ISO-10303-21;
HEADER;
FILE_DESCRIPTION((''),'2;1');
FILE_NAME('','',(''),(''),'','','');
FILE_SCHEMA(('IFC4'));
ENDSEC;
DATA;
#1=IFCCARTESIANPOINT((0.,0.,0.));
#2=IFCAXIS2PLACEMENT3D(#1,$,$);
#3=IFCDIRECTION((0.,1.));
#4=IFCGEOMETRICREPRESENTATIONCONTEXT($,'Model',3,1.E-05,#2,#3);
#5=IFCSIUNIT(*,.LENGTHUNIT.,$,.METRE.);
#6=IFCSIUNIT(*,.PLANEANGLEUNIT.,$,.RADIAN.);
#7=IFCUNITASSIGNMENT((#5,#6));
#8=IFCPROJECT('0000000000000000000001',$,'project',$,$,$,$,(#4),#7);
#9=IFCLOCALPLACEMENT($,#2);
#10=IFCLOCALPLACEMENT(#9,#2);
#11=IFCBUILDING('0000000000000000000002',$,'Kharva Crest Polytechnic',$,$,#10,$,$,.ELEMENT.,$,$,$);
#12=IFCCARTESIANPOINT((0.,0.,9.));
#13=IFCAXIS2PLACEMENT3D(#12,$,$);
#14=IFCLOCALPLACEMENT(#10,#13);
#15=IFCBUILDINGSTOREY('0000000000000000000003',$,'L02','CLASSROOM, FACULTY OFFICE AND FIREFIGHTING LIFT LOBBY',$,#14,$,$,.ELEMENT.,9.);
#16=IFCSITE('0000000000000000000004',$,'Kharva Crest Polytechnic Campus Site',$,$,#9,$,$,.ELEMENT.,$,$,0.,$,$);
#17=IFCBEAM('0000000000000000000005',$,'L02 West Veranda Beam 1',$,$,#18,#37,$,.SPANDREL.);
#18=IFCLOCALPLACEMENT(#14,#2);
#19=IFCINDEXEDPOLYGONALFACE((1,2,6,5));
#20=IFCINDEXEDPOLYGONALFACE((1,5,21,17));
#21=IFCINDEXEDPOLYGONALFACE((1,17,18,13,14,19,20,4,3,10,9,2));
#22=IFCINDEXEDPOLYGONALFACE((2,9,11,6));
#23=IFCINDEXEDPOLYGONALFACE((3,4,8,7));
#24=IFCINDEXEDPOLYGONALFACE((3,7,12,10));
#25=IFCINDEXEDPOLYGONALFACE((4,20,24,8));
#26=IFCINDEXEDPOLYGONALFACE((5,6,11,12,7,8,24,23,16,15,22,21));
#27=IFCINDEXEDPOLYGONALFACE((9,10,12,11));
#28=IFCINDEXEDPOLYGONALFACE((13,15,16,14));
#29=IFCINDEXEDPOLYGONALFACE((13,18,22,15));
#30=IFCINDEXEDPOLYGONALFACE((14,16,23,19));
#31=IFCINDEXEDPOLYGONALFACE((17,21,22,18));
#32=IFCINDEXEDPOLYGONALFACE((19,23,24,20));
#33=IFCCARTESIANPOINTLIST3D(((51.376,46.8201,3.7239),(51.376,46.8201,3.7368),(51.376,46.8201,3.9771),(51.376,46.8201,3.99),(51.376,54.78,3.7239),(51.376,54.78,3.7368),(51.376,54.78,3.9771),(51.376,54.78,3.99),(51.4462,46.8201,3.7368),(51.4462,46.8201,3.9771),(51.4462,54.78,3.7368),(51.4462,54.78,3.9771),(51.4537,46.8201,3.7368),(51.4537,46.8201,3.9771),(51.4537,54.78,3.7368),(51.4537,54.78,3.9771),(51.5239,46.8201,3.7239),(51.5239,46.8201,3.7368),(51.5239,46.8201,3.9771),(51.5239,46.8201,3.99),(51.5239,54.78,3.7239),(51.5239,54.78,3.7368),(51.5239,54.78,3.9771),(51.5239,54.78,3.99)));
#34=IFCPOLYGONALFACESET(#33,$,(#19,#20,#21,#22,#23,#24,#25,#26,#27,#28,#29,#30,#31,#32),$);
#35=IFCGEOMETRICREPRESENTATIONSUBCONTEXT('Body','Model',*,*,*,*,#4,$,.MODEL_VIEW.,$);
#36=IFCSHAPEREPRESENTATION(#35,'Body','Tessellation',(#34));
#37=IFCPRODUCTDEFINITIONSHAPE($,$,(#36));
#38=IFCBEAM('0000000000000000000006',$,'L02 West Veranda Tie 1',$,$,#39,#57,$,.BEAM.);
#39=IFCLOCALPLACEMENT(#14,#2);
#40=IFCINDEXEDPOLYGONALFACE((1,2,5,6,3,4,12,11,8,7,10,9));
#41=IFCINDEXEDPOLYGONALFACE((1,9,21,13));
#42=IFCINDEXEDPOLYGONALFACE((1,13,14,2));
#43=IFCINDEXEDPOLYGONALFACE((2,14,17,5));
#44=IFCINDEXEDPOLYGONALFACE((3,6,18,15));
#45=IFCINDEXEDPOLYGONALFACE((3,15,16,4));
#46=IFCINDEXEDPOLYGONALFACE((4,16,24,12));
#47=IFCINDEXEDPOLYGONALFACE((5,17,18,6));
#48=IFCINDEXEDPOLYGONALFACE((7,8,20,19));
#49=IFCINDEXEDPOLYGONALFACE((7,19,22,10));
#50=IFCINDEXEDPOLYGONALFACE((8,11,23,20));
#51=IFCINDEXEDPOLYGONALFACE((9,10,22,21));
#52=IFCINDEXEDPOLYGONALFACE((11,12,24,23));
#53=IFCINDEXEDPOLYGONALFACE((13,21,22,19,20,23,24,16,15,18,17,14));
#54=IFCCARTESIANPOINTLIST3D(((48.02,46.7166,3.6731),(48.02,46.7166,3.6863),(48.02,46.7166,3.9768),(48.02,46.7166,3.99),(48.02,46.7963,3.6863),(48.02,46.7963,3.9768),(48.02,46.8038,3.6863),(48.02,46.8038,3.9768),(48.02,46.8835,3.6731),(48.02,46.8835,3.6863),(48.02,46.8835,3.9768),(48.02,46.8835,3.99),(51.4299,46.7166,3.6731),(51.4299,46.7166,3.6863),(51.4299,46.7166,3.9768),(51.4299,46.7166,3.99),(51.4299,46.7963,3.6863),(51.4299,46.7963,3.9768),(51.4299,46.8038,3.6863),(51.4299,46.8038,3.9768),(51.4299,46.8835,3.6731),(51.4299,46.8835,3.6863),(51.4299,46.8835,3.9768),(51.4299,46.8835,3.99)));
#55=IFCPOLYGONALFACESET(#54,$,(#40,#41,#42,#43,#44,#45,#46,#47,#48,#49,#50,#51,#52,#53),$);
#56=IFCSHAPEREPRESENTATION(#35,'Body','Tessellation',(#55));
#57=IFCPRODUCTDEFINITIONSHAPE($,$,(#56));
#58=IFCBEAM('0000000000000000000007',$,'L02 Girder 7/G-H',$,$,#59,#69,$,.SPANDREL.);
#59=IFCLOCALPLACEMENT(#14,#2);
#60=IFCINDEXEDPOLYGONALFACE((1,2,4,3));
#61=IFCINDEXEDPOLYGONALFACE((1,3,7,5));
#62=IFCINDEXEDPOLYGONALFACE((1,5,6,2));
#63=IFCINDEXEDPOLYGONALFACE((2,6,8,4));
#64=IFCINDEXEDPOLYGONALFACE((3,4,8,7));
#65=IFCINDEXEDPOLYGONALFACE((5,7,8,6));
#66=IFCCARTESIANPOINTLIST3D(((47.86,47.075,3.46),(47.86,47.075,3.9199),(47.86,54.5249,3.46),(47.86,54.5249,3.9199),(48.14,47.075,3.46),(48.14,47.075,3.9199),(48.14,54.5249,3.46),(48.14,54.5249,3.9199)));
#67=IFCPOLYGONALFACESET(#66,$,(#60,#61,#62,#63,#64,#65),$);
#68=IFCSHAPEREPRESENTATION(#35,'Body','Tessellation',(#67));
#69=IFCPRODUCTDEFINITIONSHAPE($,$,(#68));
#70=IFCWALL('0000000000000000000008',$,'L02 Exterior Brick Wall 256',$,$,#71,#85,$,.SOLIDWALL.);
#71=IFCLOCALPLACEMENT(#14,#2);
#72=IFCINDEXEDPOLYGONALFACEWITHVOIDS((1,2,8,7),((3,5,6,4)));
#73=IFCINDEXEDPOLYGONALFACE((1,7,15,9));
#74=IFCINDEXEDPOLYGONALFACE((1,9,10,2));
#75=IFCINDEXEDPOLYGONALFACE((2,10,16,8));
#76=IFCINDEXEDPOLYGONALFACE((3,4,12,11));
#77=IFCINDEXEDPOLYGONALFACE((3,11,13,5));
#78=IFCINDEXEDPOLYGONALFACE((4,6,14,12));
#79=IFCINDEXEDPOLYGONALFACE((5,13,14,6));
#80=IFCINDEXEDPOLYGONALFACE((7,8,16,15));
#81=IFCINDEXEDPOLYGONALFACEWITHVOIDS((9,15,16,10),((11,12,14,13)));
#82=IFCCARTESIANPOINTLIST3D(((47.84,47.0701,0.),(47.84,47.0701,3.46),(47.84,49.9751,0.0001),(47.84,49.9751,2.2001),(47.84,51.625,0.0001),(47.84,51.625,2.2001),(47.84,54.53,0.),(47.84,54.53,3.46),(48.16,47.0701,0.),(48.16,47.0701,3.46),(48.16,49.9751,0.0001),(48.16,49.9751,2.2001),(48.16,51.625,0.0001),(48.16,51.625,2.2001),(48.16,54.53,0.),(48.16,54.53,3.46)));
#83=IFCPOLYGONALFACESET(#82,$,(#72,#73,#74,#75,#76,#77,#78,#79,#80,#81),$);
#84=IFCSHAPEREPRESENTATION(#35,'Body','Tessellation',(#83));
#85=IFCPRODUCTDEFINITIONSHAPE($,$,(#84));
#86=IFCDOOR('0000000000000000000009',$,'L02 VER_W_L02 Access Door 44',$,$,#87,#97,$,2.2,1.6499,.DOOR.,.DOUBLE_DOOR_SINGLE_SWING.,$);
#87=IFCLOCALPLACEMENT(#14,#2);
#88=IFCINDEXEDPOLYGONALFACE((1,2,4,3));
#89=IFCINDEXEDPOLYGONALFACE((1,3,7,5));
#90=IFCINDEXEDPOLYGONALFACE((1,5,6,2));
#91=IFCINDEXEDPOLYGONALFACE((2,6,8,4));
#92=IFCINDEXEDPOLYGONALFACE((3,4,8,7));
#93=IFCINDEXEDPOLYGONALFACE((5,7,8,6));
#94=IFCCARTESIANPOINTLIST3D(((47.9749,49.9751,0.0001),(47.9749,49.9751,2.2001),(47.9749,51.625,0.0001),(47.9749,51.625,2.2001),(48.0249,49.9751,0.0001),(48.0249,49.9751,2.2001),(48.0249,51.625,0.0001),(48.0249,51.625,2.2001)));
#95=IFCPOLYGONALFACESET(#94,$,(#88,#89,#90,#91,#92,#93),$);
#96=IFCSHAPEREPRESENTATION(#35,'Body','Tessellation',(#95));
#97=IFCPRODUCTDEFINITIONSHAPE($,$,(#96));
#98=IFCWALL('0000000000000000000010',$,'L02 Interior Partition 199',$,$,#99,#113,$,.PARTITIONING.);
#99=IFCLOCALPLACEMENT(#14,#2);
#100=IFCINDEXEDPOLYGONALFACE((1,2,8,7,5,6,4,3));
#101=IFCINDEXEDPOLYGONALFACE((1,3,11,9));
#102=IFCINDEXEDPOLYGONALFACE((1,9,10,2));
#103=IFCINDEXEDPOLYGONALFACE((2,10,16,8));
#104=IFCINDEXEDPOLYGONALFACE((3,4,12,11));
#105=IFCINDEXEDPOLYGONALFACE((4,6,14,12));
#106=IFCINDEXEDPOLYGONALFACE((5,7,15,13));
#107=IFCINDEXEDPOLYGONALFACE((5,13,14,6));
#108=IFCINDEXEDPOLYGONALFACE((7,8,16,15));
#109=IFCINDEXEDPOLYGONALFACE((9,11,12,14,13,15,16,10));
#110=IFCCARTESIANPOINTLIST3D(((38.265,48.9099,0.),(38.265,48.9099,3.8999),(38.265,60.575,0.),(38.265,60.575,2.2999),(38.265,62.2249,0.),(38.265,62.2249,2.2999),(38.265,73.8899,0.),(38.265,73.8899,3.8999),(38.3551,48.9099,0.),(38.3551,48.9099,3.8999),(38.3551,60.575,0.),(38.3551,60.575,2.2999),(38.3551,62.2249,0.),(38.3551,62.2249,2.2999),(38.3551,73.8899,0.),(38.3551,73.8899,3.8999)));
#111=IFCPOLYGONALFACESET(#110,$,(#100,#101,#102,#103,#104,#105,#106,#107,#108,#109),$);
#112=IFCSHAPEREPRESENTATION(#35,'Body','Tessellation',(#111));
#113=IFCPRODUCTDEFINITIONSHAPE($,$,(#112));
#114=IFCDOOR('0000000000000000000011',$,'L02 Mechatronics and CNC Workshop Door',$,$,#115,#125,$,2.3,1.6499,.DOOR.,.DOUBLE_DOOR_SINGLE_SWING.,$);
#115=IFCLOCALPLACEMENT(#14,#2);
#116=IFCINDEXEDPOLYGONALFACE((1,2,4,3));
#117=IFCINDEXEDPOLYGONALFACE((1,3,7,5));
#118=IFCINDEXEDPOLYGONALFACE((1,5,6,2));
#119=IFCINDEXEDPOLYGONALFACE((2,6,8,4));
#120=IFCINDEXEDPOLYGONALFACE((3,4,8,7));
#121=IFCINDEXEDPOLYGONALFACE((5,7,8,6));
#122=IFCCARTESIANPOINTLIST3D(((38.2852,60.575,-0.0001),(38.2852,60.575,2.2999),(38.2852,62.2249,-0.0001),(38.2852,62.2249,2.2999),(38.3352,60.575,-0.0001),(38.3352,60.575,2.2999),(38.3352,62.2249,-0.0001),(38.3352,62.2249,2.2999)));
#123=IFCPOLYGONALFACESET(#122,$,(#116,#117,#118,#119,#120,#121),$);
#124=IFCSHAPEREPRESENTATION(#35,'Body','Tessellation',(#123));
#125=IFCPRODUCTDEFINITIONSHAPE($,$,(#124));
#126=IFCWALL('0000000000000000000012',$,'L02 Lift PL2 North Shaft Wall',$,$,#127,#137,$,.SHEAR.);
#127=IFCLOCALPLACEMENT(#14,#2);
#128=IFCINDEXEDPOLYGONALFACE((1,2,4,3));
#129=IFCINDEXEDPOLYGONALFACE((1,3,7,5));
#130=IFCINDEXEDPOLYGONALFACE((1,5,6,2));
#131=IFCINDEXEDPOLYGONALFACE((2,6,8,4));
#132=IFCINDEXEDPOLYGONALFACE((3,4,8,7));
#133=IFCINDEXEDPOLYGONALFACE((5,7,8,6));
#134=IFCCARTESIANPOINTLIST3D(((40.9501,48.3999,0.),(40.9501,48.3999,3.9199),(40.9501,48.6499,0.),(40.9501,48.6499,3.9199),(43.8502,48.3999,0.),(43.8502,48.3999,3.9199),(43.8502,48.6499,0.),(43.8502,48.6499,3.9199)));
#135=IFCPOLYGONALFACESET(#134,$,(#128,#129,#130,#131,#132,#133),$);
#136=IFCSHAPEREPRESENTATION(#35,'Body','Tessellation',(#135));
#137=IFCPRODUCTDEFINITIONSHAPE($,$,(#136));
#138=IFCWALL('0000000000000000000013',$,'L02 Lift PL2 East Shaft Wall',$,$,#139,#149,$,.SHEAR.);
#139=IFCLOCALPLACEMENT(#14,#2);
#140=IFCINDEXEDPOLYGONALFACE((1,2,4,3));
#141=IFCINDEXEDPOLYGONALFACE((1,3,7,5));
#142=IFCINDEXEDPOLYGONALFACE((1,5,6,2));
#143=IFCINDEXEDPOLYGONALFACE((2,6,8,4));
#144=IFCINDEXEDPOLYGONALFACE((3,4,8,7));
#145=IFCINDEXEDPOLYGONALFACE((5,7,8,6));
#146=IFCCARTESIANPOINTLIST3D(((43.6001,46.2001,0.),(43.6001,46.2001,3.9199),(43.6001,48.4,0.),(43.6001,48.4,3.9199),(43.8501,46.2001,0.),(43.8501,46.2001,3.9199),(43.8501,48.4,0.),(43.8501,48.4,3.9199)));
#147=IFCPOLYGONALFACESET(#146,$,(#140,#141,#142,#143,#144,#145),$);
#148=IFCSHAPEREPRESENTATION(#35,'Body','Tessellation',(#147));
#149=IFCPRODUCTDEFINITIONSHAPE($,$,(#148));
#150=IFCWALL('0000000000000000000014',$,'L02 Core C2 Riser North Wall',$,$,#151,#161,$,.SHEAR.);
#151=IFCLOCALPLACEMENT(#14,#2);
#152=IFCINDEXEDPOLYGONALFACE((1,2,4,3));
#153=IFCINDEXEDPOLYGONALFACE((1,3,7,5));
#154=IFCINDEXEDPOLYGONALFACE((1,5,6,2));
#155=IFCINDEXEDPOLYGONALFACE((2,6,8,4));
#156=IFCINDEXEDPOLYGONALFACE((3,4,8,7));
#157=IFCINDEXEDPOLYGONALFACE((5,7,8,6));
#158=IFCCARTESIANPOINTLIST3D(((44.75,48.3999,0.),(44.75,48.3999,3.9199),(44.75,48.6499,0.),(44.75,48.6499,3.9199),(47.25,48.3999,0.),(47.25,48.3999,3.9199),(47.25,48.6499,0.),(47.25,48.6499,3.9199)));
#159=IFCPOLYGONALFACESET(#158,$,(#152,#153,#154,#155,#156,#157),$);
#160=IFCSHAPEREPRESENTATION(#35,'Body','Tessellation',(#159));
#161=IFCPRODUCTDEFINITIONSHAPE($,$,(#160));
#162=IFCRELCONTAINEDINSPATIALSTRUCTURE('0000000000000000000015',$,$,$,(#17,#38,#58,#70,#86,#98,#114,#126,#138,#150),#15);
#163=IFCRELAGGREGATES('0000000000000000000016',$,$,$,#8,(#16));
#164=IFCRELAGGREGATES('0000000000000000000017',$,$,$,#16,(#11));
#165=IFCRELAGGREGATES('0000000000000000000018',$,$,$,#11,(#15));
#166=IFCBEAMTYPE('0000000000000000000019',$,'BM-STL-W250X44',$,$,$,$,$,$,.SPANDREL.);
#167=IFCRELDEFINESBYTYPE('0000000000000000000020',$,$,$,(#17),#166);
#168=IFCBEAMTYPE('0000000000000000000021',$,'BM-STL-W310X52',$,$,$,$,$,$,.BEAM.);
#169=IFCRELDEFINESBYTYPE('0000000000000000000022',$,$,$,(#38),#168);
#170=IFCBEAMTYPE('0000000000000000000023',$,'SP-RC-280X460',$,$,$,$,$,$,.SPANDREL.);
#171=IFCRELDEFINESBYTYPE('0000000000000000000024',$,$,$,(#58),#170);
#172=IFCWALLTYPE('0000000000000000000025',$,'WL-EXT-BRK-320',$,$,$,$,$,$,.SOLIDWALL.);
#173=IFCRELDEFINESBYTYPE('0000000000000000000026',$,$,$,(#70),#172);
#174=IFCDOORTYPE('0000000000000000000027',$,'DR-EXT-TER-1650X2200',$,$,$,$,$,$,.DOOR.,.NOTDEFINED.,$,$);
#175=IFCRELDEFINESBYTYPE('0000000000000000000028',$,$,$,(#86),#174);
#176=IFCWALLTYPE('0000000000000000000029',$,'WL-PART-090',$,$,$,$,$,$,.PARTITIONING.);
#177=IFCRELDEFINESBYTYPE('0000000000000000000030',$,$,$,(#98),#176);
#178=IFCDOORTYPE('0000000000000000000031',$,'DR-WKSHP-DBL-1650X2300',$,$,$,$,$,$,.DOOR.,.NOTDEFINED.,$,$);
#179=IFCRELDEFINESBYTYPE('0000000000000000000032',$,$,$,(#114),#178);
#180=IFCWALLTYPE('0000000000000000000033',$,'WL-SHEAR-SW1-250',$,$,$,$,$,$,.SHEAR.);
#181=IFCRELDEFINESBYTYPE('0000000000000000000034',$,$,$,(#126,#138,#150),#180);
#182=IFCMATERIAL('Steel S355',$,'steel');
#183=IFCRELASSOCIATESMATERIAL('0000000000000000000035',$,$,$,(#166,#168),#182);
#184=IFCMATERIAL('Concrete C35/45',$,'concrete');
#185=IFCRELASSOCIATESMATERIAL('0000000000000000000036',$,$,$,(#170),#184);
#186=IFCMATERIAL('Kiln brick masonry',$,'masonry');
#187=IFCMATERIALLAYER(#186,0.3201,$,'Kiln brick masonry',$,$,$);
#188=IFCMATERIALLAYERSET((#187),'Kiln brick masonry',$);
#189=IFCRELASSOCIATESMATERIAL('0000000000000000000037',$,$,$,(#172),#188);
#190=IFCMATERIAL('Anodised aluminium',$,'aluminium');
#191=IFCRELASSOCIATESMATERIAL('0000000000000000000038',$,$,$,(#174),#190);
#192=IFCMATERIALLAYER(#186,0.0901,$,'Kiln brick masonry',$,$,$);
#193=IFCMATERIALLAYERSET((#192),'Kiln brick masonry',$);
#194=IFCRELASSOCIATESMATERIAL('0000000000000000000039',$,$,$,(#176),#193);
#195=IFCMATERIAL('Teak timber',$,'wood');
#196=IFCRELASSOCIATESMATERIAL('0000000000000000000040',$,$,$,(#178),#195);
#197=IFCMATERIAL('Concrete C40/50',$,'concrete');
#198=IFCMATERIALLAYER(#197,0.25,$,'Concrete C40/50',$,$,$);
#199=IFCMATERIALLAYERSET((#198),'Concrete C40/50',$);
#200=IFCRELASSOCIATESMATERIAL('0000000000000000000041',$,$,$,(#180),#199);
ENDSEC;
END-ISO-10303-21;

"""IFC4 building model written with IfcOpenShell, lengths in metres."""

from ifc_helpers import new_model, si_unit, direction, frame, frame_2d, origin, origin_2d, place, context, subcontext, project, spatial, rectangle, i_section, extrude, material, layer, layer_set, material_profile, profile_set, type_object, element, fill, save


model = new_model("IFC4")

# Units and contexts
model_context = context("Model", 3, precision=1e-05, world=origin(), true_north=direction((0.0, 1.0)))
body_context = subcontext(model_context, "Body", "Model", "MODEL_VIEW")
ifc_project = project(units=[si_unit("LENGTHUNIT", "METRE"), si_unit("PLANEANGLEUNIT", "RADIAN")], contexts=[model_context])

# Site, building, storey
site_placement = place(None, origin())
site = spatial("IfcSite", under=ifc_project, at=site_placement, Name="Kharva Crest Polytechnic Campus Site", CompositionType="ELEMENT", RefElevation=0.0)
building_placement = place(site_placement, origin())
building = spatial("IfcBuilding", under=site, at=building_placement, Name="Kharva Crest Polytechnic", CompositionType="ELEMENT")
storey_placement = place(building_placement, frame((0.0, 0.0, 9.0)))
storey = spatial("IfcBuildingStorey", under=building, at=storey_placement, Name="L02", Description="CLASSROOM, FACULTY OFFICE AND FIREFIGHTING LIFT LOBBY", CompositionType="ELEMENT", Elevation=9.0)

# Shared definitions
ifc_material_1 = material(Name="Concrete C40/50", Category="concrete")
ifc_material_2 = material(Name="Steel S355", Category="steel")

# Beams
ifc_material_3 = material(Name="Concrete C35/45", Category="concrete")
ifc_material_profile_1 = material_profile(ifc_material_2, i_section(OverallWidth=0.1479, OverallDepth=0.2661, WebThickness=0.0076, FlangeThickness=0.0129, at=origin_2d()), Name="W250X44.8")
ifc_profile_set_1 = profile_set([ifc_material_profile_1], Name="Steel S355")
beam_type_1 = type_object("IfcBeamType", Name="BM-STL-W250X44", PredefinedType="SPANDREL", material=ifc_profile_set_1)
beam_1_placement = place(storey_placement, frame((51.45, 46.8201, 3.8569), z_axis=(0.0, 1.0, 0.0), x_axis=(-1.0, 0.0, 0.0)))
element("IfcBeam", 1, at=beam_1_placement, inside=storey, type_object=beam_type_1, Name="L02 West Veranda Beam 1", PredefinedType="SPANDREL", context=body_context, shape_type="SweptSolid", body=[
    extrude(i_section(OverallWidth=0.1479, OverallDepth=0.2661, WebThickness=0.0076, FlangeThickness=0.0129, at=origin_2d()), origin(), (0.0, 0.0, 1.0), 7.96),
])
ifc_material_profile_2 = material_profile(ifc_material_2, i_section(OverallWidth=0.167, OverallDepth=0.3169, WebThickness=0.0076, FlangeThickness=0.0132, at=origin_2d()), Name="W310X52")
ifc_profile_set_2 = profile_set([ifc_material_profile_2], Name="Steel S355")
beam_type_2 = type_object("IfcBeamType", Name="BM-STL-W310X52", PredefinedType="BEAM", material=ifc_profile_set_2)
beam_2_placement = place(storey_placement, frame((48.02, 46.8, 3.8315), z_axis=(1.0, 0.0, 0.0), x_axis=(0.0, 1.0, 0.0)))
element("IfcBeam", 2, at=beam_2_placement, inside=storey, type_object=beam_type_2, Name="L02 West Veranda Tie 1", PredefinedType="BEAM", context=body_context, shape_type="SweptSolid", body=[
    extrude(i_section(OverallWidth=0.167, OverallDepth=0.3169, WebThickness=0.0076, FlangeThickness=0.0132, at=origin_2d()), origin(), (0.0, 0.0, 1.0), 3.4099),
])
ifc_material_profile_3 = material_profile(ifc_material_3, rectangle(XDim=0.28, YDim=0.46, at=origin_2d()), Name="RECT 280 X 460")
ifc_profile_set_3 = profile_set([ifc_material_profile_3], Name="Concrete C35/45")
beam_type_3 = type_object("IfcBeamType", Name="SP-RC-280X460", PredefinedType="SPANDREL", material=ifc_profile_set_3)
beam_3_placement = place(storey_placement, frame((48.0, 47.075, 3.6899), z_axis=(0.0, 1.0, 0.0), x_axis=(-1.0, 0.0, 0.0)))
element("IfcBeam", 3, at=beam_3_placement, inside=storey, type_object=beam_type_3, Name="L02 Girder 7/G-H", PredefinedType="SPANDREL", context=body_context, shape_type="SweptSolid", body=[
    extrude(rectangle(XDim=0.28, YDim=0.46, at=origin_2d()), origin(), (0.0, 0.0, 1.0), 7.45),
])

# Walls, openings, doors
ifc_material_4 = material(Name="Kiln brick masonry", Category="masonry")
ifc_layer_1 = layer(ifc_material_4, 0.3201, Name="Kiln brick masonry")
ifc_layer_set_1 = layer_set([ifc_layer_1], Name="Kiln brick masonry")
wall_type_1 = type_object("IfcWallType", Name="WL-EXT-BRK-320", PredefinedType="SOLIDWALL", material=ifc_layer_set_1)
wall_1_placement = place(storey_placement, frame((48.0, 47.0701, 0.0), z_axis=(0.0, 0.0, 1.0), x_axis=(0.0, 1.0, 0.0)))
wall_1 = element("IfcWall", 4, at=wall_1_placement, inside=storey, type_object=wall_type_1, Name="L02 Exterior Brick Wall 256", PredefinedType="SOLIDWALL", context=body_context, shape_type="SweptSolid", body=[
    extrude(rectangle(XDim=7.46, YDim=0.3201, at=frame_2d((3.73, 0.0))), origin(), (0.0, 0.0, 1.0), 3.46),
])
opening_1_placement = place(wall_1_placement, frame((2.905, 0.0, 0.0)))
opening_1 = element("IfcOpeningElement", 5, at=opening_1_placement, cuts=wall_1, PredefinedType="OPENING", context=body_context, shape_type="SweptSolid", body=[
    extrude(rectangle(XDim=1.6499, YDim=2.2, at=frame_2d((0.825, 1.1001))), frame((0.0, 0.1699, 0.0), z_axis=(0.0, -1.0, 0.0), x_axis=(1.0, 0.0, 0.0)), (0.0, 0.0, 1.0), 0.3401),
])
ifc_material_5 = material(Name="Anodised aluminium", Category="aluminium")
door_type_1 = type_object("IfcDoorType", Name="DR-EXT-TER-1650X2200", OperationType="NOTDEFINED", PredefinedType="DOOR", material=ifc_material_5)
door_1_placement = place(opening_1_placement, frame((1.6499, 0.0, 0.0), z_axis=(0.0, 0.0, 1.0), x_axis=(-1.0, 0.0, 0.0)))
door_1 = element("IfcDoor", 6, at=door_1_placement, inside=storey, type_object=door_type_1, Name="L02 VER_W_L02 Access Door 44", OperationType="DOUBLE_DOOR_SINGLE_SWING", OverallHeight=2.2, OverallWidth=1.6499, PredefinedType="DOOR", context=body_context, shape_type="SweptSolid", body=[
    extrude(rectangle(XDim=1.6499, YDim=2.2, at=frame_2d((0.825, 1.1001))), frame((0.0, 0.0249, 0.0), z_axis=(0.0, -1.0, 0.0), x_axis=(1.0, 0.0, 0.0)), (0.0, 0.0, 1.0), 0.05),
])
fill(opening_1, door_1)
ifc_layer_2 = layer(ifc_material_4, 0.0901, Name="Kiln brick masonry")
ifc_layer_set_2 = layer_set([ifc_layer_2], Name="Kiln brick masonry")
wall_type_2 = type_object("IfcWallType", Name="WL-PART-090", PredefinedType="PARTITIONING", material=ifc_layer_set_2)
wall_2_placement = place(storey_placement, frame((38.3101, 48.9099, 0.0), z_axis=(0.0, 0.0, 1.0), x_axis=(0.0, 1.0, 0.0)))
wall_2 = element("IfcWall", 7, at=wall_2_placement, inside=storey, type_object=wall_type_2, Name="L02 Interior Partition 199", PredefinedType="PARTITIONING", context=body_context, shape_type="SweptSolid", body=[
    extrude(rectangle(XDim=24.98, YDim=0.0901, at=frame_2d((12.49, 0.0))), origin(), (0.0, 0.0, 1.0), 3.8999),
])
opening_2_placement = place(wall_2_placement, frame((11.665, 0.0, 0.0)))
opening_2 = element("IfcOpeningElement", 8, at=opening_2_placement, cuts=wall_2, PredefinedType="OPENING", context=body_context, shape_type="SweptSolid", body=[
    extrude(rectangle(XDim=1.6499, YDim=2.3, at=frame_2d((0.825, 1.1499))), frame((0.0, 0.0549, 0.0), z_axis=(0.0, -1.0, 0.0), x_axis=(1.0, 0.0, 0.0)), (0.0, 0.0, 1.0), 0.1101),
])
ifc_material_6 = material(Name="Teak timber", Category="wood")
door_type_2 = type_object("IfcDoorType", Name="DR-WKSHP-DBL-1650X2300", OperationType="NOTDEFINED", PredefinedType="DOOR", material=ifc_material_6)
door_2_placement = place(opening_2_placement, origin())
door_2 = element("IfcDoor", 9, at=door_2_placement, inside=storey, type_object=door_type_2, Name="L02 Mechatronics and CNC Workshop Door", OperationType="DOUBLE_DOOR_SINGLE_SWING", OverallHeight=2.3, OverallWidth=1.6499, PredefinedType="DOOR", context=body_context, shape_type="SweptSolid", body=[
    extrude(rectangle(XDim=1.6499, YDim=2.3, at=frame_2d((0.825, 1.1499))), frame((0.0, 0.0249, 0.0), z_axis=(0.0, -1.0, 0.0), x_axis=(1.0, 0.0, 0.0)), (0.0, 0.0, 1.0), 0.05),
])
fill(opening_2, door_2)

# Walls
ifc_layer_3 = layer(ifc_material_1, 0.25, Name="Concrete C40/50")
ifc_layer_set_3 = layer_set([ifc_layer_3], Name="Concrete C40/50")
wall_type_3 = type_object("IfcWallType", Name="WL-SHEAR-SW1-250", PredefinedType="SHEAR", material=ifc_layer_set_3)
wall_3_placement = place(storey_placement, frame((40.95, 48.5249, 0.0), z_axis=(0.0, 0.0, 1.0), x_axis=(1.0, 0.0, 0.0)))
element("IfcWall", 10, at=wall_3_placement, inside=storey, type_object=wall_type_3, Name="L02 Lift PL2 North Shaft Wall", PredefinedType="SHEAR", context=body_context, shape_type="SweptSolid", body=[
    extrude(rectangle(XDim=2.9001, YDim=0.25, at=frame_2d((1.4502, 0.0))), origin(), (0.0, 0.0, 1.0), 3.9199),
])
wall_4_placement = place(storey_placement, frame((43.7251, 46.2, 0.0), z_axis=(0.0, 0.0, 1.0), x_axis=(0.0, 1.0, 0.0)))
element("IfcWall", 11, at=wall_4_placement, inside=storey, type_object=wall_type_3, Name="L02 Lift PL2 East Shaft Wall", PredefinedType="SHEAR", context=body_context, shape_type="SweptSolid", body=[
    extrude(rectangle(XDim=2.2, YDim=0.25, at=frame_2d((1.1001, 0.0))), origin(), (0.0, 0.0, 1.0), 3.9199),
])
wall_5_placement = place(storey_placement, frame((44.75, 48.5249, 0.0), z_axis=(0.0, 0.0, 1.0), x_axis=(1.0, 0.0, 0.0)))
element("IfcWall", 12, at=wall_5_placement, inside=storey, type_object=wall_type_3, Name="L02 Core C2 Riser North Wall", PredefinedType="SHEAR", context=body_context, shape_type="SweptSolid", body=[
    extrude(rectangle(XDim=2.5, YDim=0.25, at=frame_2d((1.25, 0.0))), origin(), (0.0, 0.0, 1.0), 3.9199),
])

save(model, "model.ifc")
